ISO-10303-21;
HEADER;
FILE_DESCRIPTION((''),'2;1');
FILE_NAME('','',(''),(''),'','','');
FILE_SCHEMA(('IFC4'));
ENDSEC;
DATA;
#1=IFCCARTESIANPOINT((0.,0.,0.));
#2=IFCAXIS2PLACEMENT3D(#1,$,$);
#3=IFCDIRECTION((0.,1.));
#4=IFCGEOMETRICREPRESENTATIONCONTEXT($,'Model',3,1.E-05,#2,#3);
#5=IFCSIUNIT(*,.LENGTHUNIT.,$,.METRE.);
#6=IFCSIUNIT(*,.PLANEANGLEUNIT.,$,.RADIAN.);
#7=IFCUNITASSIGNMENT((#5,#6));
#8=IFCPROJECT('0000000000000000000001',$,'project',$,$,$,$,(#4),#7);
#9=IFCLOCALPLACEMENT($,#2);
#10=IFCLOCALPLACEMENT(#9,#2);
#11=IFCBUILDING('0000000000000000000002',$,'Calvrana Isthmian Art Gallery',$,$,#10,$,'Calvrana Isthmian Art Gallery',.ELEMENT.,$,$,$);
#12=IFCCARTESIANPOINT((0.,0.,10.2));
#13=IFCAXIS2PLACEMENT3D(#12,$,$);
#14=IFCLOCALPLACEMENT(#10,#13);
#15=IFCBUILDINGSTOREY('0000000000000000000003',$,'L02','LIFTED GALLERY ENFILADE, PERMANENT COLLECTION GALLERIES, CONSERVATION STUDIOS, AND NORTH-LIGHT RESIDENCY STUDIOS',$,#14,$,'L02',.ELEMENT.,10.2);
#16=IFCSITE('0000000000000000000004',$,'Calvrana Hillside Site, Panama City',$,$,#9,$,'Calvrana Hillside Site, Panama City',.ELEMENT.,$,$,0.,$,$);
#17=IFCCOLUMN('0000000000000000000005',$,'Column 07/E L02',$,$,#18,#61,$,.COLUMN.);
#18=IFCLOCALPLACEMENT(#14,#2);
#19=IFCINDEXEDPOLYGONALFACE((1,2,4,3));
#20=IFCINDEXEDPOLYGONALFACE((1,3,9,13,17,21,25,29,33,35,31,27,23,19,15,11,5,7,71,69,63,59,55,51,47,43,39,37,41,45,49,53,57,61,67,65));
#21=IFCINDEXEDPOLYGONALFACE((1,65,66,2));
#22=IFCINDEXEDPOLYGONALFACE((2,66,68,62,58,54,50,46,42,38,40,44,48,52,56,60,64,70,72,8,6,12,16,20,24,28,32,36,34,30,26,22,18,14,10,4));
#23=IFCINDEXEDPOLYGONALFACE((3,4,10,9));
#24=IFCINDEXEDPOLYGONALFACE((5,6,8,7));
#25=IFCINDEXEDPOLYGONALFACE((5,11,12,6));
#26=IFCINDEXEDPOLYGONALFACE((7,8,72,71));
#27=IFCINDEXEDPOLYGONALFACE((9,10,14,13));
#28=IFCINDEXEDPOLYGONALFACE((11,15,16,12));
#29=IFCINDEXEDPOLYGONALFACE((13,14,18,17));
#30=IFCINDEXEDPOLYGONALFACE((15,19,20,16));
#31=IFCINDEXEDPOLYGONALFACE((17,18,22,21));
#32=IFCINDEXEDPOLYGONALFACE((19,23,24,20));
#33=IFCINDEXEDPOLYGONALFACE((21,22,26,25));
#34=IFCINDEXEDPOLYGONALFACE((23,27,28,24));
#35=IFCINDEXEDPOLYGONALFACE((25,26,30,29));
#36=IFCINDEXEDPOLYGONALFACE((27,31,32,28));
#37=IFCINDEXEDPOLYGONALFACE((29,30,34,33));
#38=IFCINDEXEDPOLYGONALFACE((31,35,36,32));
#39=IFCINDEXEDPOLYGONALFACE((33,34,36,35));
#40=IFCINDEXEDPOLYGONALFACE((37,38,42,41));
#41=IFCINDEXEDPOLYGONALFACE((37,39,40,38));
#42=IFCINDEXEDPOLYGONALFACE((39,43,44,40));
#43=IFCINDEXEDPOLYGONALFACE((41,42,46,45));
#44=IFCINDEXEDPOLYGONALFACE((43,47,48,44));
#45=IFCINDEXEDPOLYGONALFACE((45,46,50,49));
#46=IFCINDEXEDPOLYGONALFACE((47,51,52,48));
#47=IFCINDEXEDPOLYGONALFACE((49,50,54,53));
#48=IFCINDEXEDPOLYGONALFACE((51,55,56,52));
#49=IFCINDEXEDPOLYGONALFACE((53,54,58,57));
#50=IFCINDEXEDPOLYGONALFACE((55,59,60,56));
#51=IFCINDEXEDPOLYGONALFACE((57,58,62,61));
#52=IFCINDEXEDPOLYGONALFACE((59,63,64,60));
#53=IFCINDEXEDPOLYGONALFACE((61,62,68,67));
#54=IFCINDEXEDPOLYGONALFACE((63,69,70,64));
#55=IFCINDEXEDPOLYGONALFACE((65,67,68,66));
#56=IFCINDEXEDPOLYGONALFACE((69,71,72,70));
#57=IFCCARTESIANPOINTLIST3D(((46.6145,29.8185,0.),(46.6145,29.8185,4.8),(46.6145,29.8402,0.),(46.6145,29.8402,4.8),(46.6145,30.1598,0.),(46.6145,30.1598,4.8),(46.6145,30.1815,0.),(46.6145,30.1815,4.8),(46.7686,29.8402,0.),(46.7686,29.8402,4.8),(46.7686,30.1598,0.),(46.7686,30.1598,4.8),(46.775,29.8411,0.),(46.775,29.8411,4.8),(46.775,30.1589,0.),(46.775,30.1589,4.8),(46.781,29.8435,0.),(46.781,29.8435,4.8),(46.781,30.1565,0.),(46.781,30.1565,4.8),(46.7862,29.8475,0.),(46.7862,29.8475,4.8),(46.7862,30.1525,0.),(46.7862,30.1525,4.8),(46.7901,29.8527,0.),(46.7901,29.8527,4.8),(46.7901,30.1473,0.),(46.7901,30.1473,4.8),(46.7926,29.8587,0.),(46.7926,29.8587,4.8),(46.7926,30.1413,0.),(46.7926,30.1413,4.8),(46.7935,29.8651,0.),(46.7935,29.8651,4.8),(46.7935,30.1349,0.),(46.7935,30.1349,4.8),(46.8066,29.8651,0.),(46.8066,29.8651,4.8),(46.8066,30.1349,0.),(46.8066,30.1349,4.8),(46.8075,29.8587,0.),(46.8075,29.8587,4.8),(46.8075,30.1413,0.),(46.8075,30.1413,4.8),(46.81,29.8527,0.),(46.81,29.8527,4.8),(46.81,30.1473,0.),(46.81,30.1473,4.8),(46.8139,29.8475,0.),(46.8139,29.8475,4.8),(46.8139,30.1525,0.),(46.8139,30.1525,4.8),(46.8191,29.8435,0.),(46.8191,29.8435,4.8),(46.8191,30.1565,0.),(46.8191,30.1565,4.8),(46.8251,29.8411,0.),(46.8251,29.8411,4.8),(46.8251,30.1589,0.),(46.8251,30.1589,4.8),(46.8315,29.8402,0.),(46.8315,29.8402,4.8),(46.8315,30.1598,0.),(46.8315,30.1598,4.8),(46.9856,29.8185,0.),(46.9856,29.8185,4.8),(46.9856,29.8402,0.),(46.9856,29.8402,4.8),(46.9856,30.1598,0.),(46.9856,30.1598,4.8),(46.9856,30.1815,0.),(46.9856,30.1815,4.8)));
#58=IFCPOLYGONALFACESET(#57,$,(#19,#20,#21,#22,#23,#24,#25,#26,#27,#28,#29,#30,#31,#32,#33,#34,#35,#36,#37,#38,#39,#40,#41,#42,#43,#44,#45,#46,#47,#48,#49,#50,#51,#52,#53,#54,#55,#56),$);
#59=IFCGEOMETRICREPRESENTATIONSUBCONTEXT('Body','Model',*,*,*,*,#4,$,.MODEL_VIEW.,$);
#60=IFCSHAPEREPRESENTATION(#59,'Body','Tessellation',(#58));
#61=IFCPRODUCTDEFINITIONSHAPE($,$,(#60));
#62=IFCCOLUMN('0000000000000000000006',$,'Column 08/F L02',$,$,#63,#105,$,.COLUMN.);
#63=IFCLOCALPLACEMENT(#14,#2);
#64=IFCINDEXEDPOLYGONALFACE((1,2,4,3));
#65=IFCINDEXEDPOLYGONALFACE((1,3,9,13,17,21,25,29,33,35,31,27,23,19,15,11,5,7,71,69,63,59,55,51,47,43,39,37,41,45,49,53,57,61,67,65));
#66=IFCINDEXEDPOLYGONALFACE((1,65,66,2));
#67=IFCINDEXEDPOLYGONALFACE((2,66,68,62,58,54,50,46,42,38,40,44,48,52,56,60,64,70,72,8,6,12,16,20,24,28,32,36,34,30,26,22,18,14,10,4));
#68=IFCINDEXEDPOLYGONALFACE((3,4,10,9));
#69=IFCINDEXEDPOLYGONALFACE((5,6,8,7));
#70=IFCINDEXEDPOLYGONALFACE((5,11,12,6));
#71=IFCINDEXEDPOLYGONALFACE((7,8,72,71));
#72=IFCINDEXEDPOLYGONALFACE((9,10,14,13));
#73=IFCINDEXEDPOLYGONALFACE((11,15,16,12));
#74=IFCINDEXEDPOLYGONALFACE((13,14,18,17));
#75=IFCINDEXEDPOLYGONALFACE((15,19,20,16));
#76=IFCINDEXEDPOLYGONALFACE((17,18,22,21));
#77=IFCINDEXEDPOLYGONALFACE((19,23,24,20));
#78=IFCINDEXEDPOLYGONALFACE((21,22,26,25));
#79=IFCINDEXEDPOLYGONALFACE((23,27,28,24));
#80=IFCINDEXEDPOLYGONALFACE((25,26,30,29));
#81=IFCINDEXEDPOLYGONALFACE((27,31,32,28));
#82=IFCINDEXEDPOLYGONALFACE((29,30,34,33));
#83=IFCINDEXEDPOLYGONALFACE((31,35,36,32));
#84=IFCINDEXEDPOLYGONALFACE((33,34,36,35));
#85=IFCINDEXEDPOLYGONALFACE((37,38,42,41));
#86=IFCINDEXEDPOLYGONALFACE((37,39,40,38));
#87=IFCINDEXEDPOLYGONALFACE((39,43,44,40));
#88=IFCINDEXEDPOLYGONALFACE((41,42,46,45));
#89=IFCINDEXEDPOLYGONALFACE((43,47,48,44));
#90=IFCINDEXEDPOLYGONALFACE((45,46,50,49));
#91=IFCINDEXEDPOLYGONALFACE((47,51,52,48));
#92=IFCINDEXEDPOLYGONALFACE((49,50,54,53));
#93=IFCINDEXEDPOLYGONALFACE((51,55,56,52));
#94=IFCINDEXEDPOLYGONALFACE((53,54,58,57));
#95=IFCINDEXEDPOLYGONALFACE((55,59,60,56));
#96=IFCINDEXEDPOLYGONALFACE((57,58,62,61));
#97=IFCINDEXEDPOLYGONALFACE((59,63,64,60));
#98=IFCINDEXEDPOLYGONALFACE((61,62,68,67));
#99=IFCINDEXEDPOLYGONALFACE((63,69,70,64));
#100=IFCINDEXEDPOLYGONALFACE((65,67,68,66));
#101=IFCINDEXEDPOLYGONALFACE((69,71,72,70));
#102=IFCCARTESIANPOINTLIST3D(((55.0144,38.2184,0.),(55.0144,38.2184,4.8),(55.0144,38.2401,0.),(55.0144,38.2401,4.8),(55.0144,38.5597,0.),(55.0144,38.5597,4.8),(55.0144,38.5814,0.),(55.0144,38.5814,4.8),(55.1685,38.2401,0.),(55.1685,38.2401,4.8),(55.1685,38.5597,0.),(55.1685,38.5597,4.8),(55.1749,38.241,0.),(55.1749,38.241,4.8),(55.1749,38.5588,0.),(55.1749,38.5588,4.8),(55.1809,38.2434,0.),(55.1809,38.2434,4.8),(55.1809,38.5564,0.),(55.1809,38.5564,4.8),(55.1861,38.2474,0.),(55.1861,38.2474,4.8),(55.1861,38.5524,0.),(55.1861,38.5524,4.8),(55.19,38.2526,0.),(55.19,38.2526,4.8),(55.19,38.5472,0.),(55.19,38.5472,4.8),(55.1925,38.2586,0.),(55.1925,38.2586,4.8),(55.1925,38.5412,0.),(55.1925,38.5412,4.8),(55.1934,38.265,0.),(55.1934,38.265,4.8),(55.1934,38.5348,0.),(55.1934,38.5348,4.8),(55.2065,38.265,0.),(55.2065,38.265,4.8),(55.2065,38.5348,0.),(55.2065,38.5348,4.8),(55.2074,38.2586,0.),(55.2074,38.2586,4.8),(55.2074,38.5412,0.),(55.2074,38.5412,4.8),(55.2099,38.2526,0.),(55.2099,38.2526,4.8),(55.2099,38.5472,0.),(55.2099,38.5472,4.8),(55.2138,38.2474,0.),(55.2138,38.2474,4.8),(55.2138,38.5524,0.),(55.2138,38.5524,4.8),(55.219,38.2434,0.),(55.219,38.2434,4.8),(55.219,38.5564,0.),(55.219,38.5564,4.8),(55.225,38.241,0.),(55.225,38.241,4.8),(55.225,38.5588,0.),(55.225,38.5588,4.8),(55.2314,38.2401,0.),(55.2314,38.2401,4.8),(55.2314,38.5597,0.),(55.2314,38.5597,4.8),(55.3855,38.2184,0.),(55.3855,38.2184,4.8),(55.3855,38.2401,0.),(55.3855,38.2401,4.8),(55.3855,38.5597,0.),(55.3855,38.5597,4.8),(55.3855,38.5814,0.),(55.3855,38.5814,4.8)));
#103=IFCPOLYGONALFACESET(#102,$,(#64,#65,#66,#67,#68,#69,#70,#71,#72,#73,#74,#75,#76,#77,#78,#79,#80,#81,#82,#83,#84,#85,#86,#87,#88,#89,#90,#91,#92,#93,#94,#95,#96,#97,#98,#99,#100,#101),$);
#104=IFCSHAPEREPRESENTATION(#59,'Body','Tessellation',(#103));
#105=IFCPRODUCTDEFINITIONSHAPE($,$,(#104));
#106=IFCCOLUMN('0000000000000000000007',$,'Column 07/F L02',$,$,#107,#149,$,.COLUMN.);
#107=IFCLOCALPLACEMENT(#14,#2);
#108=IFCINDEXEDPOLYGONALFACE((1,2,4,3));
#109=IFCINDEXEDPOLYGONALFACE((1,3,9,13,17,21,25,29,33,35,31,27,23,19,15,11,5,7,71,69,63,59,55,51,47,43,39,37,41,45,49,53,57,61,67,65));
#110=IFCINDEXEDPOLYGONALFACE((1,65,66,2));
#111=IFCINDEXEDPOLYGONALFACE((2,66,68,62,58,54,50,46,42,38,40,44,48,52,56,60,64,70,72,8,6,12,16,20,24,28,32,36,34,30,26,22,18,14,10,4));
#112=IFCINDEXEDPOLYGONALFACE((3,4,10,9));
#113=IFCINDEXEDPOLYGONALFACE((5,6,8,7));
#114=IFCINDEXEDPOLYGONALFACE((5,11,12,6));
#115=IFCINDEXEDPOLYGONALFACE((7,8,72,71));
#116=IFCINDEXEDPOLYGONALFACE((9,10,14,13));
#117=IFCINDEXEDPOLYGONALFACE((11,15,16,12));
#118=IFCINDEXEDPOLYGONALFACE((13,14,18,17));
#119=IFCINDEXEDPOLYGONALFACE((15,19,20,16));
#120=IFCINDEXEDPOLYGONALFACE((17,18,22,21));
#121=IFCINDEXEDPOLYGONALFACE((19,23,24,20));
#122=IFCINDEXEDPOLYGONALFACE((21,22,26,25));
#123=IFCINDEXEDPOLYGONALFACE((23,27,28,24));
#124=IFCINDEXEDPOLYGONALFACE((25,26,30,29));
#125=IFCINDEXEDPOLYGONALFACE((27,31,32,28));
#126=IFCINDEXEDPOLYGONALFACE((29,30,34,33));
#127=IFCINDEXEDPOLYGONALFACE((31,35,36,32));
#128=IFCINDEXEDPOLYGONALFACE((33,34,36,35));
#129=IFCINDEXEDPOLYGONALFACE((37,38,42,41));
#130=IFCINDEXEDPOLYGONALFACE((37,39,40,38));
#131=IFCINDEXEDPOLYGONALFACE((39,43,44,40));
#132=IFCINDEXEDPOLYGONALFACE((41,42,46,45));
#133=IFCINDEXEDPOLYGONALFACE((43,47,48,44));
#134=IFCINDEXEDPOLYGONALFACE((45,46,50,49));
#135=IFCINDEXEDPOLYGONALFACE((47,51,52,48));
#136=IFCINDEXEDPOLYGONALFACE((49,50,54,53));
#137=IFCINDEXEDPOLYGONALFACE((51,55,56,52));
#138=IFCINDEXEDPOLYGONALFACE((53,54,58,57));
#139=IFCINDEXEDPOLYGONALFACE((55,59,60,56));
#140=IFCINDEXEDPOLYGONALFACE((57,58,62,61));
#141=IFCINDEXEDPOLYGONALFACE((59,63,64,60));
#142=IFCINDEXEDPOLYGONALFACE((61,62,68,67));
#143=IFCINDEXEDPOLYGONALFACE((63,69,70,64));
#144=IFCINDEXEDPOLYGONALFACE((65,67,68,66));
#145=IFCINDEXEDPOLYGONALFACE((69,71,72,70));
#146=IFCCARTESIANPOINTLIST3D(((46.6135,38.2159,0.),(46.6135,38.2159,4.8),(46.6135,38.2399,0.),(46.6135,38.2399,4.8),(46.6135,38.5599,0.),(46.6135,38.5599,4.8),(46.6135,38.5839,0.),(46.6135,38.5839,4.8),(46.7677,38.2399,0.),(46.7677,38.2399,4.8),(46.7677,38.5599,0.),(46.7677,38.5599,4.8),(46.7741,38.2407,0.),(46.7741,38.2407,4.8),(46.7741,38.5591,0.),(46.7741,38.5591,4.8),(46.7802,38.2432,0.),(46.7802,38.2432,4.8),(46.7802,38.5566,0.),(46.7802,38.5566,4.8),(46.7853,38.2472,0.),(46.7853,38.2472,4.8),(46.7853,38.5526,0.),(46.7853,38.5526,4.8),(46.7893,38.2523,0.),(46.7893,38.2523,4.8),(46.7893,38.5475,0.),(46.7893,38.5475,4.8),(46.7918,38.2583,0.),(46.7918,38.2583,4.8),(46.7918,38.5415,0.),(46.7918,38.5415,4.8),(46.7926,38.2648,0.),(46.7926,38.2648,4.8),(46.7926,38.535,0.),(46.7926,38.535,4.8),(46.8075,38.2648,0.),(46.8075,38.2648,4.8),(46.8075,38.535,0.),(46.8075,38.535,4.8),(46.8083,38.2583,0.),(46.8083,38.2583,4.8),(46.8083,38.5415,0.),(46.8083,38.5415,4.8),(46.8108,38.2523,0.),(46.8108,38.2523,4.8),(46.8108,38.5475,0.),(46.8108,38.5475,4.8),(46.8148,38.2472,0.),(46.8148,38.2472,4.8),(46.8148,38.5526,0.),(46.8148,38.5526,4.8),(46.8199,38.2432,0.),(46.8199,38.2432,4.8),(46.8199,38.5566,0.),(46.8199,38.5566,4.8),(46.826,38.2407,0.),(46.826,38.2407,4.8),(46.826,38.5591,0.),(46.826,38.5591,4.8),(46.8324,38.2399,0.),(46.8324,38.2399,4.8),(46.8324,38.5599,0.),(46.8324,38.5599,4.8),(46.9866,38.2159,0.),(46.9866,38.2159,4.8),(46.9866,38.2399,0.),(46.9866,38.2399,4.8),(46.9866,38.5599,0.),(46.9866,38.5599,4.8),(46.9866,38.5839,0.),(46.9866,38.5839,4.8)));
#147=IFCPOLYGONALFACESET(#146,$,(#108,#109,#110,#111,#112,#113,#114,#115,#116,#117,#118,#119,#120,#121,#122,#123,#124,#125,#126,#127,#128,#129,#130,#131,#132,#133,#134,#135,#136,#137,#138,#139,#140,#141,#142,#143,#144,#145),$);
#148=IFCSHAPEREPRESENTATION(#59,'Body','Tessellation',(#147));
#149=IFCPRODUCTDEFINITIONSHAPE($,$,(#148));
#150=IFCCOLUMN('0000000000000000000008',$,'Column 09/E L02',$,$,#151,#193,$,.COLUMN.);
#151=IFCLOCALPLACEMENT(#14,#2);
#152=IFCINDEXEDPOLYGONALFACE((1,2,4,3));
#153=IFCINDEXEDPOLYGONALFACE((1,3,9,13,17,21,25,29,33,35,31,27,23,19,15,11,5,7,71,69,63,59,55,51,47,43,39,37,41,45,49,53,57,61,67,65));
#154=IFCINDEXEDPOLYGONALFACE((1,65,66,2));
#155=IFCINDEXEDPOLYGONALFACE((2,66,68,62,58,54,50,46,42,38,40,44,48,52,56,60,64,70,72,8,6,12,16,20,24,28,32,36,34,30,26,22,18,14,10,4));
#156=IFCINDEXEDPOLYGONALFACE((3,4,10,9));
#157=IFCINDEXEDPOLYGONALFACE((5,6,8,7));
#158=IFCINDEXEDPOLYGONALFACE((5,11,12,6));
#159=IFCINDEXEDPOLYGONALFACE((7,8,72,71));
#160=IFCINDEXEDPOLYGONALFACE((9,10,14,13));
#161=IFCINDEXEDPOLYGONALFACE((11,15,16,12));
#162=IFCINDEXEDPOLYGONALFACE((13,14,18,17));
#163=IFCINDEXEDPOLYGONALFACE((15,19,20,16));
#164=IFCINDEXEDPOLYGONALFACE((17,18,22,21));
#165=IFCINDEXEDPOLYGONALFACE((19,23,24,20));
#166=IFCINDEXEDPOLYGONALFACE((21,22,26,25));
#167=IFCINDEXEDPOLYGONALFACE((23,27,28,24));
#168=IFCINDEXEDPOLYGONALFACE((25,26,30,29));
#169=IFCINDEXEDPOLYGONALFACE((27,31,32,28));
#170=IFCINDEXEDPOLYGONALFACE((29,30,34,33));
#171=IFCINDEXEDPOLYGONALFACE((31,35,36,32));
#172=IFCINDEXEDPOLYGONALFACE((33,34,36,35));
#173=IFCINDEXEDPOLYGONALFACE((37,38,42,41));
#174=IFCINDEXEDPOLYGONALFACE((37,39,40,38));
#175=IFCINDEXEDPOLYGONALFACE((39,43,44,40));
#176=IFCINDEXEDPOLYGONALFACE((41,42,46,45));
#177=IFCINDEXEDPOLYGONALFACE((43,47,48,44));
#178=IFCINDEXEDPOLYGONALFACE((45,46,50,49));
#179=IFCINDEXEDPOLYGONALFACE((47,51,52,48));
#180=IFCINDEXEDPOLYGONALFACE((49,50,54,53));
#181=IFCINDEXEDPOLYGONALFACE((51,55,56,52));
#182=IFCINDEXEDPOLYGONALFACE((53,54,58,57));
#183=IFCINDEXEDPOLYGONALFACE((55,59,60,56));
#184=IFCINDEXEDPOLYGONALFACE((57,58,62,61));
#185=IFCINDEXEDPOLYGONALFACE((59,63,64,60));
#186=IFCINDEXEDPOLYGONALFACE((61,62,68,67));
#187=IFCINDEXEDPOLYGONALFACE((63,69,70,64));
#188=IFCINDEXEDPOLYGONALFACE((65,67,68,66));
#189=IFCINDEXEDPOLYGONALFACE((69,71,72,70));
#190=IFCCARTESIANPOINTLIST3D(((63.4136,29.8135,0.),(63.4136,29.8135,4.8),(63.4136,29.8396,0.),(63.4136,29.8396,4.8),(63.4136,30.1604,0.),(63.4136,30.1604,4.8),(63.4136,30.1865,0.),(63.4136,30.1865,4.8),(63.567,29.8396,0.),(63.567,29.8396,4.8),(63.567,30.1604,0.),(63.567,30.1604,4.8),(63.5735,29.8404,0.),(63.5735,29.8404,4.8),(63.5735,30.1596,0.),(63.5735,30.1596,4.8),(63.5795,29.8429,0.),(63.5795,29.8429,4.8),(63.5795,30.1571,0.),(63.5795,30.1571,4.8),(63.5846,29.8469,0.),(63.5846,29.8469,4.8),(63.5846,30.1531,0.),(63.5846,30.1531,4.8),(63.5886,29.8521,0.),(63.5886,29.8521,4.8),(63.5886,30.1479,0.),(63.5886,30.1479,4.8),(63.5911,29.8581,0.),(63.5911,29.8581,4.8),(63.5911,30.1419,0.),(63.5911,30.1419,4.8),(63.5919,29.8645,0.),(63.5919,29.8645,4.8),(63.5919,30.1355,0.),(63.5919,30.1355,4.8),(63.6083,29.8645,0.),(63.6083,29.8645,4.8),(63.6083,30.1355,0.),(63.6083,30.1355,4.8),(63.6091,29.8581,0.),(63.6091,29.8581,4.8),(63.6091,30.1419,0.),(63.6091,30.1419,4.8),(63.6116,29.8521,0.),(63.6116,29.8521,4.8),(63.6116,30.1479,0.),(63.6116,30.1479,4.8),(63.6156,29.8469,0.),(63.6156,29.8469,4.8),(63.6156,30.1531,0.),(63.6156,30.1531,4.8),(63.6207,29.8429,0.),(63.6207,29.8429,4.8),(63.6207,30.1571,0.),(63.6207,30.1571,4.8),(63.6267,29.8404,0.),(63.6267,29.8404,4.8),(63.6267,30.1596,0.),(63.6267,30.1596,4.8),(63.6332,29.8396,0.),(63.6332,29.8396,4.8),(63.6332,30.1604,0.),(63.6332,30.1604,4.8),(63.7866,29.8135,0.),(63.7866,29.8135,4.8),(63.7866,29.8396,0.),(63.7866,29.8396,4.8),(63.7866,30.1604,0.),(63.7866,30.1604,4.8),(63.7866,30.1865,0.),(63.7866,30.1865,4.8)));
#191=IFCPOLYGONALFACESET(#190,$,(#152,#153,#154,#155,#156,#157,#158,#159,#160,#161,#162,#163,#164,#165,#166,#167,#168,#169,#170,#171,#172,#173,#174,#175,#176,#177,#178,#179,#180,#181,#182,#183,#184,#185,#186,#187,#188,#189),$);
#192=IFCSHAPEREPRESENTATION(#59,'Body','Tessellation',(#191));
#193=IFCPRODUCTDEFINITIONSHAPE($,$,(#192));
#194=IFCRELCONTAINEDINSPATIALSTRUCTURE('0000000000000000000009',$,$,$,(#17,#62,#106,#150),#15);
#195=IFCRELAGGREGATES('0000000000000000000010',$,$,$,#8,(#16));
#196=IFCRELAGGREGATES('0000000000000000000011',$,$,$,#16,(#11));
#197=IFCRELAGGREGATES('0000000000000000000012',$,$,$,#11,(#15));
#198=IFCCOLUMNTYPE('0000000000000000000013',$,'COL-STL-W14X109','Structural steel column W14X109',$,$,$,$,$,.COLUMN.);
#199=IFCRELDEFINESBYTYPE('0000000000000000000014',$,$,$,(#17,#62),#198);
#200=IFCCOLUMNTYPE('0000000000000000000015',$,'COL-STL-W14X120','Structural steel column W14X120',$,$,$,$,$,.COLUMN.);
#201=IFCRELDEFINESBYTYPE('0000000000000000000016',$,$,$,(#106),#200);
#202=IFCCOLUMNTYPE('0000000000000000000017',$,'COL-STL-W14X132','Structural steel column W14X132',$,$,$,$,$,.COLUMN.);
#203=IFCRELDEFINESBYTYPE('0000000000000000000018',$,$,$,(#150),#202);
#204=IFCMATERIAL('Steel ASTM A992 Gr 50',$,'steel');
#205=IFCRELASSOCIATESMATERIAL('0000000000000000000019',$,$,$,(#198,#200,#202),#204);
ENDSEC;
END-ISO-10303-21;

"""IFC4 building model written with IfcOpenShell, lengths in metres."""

from ifc_helpers import new_model, si_unit, direction, frame, origin, origin_2d, place, context, subcontext, project, spatial, i_section, extrude, material, material_profile, profile_set, type_object, element, save


model = new_model("IFC4")

# Units and contexts
model_context = context("Model", 3, precision=1e-05, world=origin(), true_north=direction((0.0, 1.0)))
body_context = subcontext(model_context, "Body", "Model", "MODEL_VIEW")
ifc_project = project(units=[si_unit("LENGTHUNIT", "METRE"), si_unit("PLANEANGLEUNIT", "RADIAN")], contexts=[model_context])

# Site, building, storey
site_placement = place(None, origin())
site = spatial("IfcSite", under=ifc_project, at=site_placement, Name="Calvrana Hillside Site, Panama City", LongName="Calvrana Hillside Site, Panama City", CompositionType="ELEMENT", RefElevation=0.0)
building_placement = place(site_placement, origin())
building = spatial("IfcBuilding", under=site, at=building_placement, Name="Calvrana Isthmian Art Gallery", LongName="Calvrana Isthmian Art Gallery", CompositionType="ELEMENT")
storey_placement = place(building_placement, frame((0.0, 0.0, 10.2)))
storey = spatial("IfcBuildingStorey", under=building, at=storey_placement, Name="L02", Description="LIFTED GALLERY ENFILADE, PERMANENT COLLECTION GALLERIES, CONSERVATION STUDIOS, AND NORTH-LIGHT RESIDENCY STUDIOS", LongName="L02", CompositionType="ELEMENT", Elevation=10.2)

# Columns
ifc_material_1 = material(Name="Steel ASTM A992 Gr 50", Category="steel")
ifc_material_profile_1 = material_profile(ifc_material_1, i_section(OverallWidth=0.3711, OverallDepth=0.363, WebThickness=0.0132, FlangeThickness=0.0217, FilletRadius=0.0249, at=origin_2d()), Name="W14X109")
ifc_profile_set_1 = profile_set([ifc_material_profile_1], Name="Steel ASTM A992 Gr 50")
column_type_1 = type_object("IfcColumnType", Name="COL-STL-W14X109", Description="Structural steel column W14X109", PredefinedType="COLUMN", material=ifc_profile_set_1)
for number, where, z_axis, x_axis, name in (
    (1, (46.8, 30.0, 0.0), (0.0, 0.0, 1.0), (1.0, 0.0, 0.0), "Column 07/E L02"),
    (2, (55.2, 38.3999, 0.0), (0.0, 0.0, 1.0), (1.0, 0.0, 0.0), "Column 08/F L02"),
):
    element("IfcColumn", number, at=place(storey_placement, frame(where, z_axis=z_axis, x_axis=x_axis)), inside=storey, type_object=column_type_1, Name=name, PredefinedType="COLUMN", context=body_context, shape_type="SweptSolid", body=[
        extrude(i_section(OverallWidth=0.3711, OverallDepth=0.363, WebThickness=0.0132, FlangeThickness=0.0217, FilletRadius=0.0249, at=origin_2d()), origin(), (0.0, 0.0, 1.0), 4.8),
    ])
ifc_material_profile_2 = material_profile(ifc_material_1, i_section(OverallWidth=0.373, OverallDepth=0.3679, WebThickness=0.0149, FlangeThickness=0.0239, FilletRadius=0.0249, at=origin_2d()), Name="W14X120")
ifc_profile_set_2 = profile_set([ifc_material_profile_2], Name="Steel ASTM A992 Gr 50")
column_type_2 = type_object("IfcColumnType", Name="COL-STL-W14X120", Description="Structural steel column W14X120", PredefinedType="COLUMN", material=ifc_profile_set_2)
column_1_placement = place(storey_placement, frame((46.8, 38.3999, 0.0), z_axis=(0.0, 0.0, 1.0), x_axis=(1.0, 0.0, 0.0)))
element("IfcColumn", 3, at=column_1_placement, inside=storey, type_object=column_type_2, Name="Column 07/F L02", PredefinedType="COLUMN", context=body_context, shape_type="SweptSolid", body=[
    extrude(i_section(OverallWidth=0.373, OverallDepth=0.3679, WebThickness=0.0149, FlangeThickness=0.0239, FilletRadius=0.0249, at=origin_2d()), origin(), (0.0, 0.0, 1.0), 4.8),
])
ifc_material_profile_3 = material_profile(ifc_material_1, i_section(OverallWidth=0.373, OverallDepth=0.373, WebThickness=0.0164, FlangeThickness=0.0261, FilletRadius=0.0249, at=origin_2d()), Name="W14X132")
ifc_profile_set_3 = profile_set([ifc_material_profile_3], Name="Steel ASTM A992 Gr 50")
column_type_3 = type_object("IfcColumnType", Name="COL-STL-W14X132", Description="Structural steel column W14X132", PredefinedType="COLUMN", material=ifc_profile_set_3)
column_2_placement = place(storey_placement, frame((63.6001, 30.0, 0.0), z_axis=(0.0, 0.0, 1.0), x_axis=(1.0, 0.0, 0.0)))
element("IfcColumn", 4, at=column_2_placement, inside=storey, type_object=column_type_3, Name="Column 09/E L02", PredefinedType="COLUMN", context=body_context, shape_type="SweptSolid", body=[
    extrude(i_section(OverallWidth=0.373, OverallDepth=0.373, WebThickness=0.0164, FlangeThickness=0.0261, FilletRadius=0.0249, at=origin_2d()), origin(), (0.0, 0.0, 1.0), 4.8),
])

save(model, "model.ifc")
